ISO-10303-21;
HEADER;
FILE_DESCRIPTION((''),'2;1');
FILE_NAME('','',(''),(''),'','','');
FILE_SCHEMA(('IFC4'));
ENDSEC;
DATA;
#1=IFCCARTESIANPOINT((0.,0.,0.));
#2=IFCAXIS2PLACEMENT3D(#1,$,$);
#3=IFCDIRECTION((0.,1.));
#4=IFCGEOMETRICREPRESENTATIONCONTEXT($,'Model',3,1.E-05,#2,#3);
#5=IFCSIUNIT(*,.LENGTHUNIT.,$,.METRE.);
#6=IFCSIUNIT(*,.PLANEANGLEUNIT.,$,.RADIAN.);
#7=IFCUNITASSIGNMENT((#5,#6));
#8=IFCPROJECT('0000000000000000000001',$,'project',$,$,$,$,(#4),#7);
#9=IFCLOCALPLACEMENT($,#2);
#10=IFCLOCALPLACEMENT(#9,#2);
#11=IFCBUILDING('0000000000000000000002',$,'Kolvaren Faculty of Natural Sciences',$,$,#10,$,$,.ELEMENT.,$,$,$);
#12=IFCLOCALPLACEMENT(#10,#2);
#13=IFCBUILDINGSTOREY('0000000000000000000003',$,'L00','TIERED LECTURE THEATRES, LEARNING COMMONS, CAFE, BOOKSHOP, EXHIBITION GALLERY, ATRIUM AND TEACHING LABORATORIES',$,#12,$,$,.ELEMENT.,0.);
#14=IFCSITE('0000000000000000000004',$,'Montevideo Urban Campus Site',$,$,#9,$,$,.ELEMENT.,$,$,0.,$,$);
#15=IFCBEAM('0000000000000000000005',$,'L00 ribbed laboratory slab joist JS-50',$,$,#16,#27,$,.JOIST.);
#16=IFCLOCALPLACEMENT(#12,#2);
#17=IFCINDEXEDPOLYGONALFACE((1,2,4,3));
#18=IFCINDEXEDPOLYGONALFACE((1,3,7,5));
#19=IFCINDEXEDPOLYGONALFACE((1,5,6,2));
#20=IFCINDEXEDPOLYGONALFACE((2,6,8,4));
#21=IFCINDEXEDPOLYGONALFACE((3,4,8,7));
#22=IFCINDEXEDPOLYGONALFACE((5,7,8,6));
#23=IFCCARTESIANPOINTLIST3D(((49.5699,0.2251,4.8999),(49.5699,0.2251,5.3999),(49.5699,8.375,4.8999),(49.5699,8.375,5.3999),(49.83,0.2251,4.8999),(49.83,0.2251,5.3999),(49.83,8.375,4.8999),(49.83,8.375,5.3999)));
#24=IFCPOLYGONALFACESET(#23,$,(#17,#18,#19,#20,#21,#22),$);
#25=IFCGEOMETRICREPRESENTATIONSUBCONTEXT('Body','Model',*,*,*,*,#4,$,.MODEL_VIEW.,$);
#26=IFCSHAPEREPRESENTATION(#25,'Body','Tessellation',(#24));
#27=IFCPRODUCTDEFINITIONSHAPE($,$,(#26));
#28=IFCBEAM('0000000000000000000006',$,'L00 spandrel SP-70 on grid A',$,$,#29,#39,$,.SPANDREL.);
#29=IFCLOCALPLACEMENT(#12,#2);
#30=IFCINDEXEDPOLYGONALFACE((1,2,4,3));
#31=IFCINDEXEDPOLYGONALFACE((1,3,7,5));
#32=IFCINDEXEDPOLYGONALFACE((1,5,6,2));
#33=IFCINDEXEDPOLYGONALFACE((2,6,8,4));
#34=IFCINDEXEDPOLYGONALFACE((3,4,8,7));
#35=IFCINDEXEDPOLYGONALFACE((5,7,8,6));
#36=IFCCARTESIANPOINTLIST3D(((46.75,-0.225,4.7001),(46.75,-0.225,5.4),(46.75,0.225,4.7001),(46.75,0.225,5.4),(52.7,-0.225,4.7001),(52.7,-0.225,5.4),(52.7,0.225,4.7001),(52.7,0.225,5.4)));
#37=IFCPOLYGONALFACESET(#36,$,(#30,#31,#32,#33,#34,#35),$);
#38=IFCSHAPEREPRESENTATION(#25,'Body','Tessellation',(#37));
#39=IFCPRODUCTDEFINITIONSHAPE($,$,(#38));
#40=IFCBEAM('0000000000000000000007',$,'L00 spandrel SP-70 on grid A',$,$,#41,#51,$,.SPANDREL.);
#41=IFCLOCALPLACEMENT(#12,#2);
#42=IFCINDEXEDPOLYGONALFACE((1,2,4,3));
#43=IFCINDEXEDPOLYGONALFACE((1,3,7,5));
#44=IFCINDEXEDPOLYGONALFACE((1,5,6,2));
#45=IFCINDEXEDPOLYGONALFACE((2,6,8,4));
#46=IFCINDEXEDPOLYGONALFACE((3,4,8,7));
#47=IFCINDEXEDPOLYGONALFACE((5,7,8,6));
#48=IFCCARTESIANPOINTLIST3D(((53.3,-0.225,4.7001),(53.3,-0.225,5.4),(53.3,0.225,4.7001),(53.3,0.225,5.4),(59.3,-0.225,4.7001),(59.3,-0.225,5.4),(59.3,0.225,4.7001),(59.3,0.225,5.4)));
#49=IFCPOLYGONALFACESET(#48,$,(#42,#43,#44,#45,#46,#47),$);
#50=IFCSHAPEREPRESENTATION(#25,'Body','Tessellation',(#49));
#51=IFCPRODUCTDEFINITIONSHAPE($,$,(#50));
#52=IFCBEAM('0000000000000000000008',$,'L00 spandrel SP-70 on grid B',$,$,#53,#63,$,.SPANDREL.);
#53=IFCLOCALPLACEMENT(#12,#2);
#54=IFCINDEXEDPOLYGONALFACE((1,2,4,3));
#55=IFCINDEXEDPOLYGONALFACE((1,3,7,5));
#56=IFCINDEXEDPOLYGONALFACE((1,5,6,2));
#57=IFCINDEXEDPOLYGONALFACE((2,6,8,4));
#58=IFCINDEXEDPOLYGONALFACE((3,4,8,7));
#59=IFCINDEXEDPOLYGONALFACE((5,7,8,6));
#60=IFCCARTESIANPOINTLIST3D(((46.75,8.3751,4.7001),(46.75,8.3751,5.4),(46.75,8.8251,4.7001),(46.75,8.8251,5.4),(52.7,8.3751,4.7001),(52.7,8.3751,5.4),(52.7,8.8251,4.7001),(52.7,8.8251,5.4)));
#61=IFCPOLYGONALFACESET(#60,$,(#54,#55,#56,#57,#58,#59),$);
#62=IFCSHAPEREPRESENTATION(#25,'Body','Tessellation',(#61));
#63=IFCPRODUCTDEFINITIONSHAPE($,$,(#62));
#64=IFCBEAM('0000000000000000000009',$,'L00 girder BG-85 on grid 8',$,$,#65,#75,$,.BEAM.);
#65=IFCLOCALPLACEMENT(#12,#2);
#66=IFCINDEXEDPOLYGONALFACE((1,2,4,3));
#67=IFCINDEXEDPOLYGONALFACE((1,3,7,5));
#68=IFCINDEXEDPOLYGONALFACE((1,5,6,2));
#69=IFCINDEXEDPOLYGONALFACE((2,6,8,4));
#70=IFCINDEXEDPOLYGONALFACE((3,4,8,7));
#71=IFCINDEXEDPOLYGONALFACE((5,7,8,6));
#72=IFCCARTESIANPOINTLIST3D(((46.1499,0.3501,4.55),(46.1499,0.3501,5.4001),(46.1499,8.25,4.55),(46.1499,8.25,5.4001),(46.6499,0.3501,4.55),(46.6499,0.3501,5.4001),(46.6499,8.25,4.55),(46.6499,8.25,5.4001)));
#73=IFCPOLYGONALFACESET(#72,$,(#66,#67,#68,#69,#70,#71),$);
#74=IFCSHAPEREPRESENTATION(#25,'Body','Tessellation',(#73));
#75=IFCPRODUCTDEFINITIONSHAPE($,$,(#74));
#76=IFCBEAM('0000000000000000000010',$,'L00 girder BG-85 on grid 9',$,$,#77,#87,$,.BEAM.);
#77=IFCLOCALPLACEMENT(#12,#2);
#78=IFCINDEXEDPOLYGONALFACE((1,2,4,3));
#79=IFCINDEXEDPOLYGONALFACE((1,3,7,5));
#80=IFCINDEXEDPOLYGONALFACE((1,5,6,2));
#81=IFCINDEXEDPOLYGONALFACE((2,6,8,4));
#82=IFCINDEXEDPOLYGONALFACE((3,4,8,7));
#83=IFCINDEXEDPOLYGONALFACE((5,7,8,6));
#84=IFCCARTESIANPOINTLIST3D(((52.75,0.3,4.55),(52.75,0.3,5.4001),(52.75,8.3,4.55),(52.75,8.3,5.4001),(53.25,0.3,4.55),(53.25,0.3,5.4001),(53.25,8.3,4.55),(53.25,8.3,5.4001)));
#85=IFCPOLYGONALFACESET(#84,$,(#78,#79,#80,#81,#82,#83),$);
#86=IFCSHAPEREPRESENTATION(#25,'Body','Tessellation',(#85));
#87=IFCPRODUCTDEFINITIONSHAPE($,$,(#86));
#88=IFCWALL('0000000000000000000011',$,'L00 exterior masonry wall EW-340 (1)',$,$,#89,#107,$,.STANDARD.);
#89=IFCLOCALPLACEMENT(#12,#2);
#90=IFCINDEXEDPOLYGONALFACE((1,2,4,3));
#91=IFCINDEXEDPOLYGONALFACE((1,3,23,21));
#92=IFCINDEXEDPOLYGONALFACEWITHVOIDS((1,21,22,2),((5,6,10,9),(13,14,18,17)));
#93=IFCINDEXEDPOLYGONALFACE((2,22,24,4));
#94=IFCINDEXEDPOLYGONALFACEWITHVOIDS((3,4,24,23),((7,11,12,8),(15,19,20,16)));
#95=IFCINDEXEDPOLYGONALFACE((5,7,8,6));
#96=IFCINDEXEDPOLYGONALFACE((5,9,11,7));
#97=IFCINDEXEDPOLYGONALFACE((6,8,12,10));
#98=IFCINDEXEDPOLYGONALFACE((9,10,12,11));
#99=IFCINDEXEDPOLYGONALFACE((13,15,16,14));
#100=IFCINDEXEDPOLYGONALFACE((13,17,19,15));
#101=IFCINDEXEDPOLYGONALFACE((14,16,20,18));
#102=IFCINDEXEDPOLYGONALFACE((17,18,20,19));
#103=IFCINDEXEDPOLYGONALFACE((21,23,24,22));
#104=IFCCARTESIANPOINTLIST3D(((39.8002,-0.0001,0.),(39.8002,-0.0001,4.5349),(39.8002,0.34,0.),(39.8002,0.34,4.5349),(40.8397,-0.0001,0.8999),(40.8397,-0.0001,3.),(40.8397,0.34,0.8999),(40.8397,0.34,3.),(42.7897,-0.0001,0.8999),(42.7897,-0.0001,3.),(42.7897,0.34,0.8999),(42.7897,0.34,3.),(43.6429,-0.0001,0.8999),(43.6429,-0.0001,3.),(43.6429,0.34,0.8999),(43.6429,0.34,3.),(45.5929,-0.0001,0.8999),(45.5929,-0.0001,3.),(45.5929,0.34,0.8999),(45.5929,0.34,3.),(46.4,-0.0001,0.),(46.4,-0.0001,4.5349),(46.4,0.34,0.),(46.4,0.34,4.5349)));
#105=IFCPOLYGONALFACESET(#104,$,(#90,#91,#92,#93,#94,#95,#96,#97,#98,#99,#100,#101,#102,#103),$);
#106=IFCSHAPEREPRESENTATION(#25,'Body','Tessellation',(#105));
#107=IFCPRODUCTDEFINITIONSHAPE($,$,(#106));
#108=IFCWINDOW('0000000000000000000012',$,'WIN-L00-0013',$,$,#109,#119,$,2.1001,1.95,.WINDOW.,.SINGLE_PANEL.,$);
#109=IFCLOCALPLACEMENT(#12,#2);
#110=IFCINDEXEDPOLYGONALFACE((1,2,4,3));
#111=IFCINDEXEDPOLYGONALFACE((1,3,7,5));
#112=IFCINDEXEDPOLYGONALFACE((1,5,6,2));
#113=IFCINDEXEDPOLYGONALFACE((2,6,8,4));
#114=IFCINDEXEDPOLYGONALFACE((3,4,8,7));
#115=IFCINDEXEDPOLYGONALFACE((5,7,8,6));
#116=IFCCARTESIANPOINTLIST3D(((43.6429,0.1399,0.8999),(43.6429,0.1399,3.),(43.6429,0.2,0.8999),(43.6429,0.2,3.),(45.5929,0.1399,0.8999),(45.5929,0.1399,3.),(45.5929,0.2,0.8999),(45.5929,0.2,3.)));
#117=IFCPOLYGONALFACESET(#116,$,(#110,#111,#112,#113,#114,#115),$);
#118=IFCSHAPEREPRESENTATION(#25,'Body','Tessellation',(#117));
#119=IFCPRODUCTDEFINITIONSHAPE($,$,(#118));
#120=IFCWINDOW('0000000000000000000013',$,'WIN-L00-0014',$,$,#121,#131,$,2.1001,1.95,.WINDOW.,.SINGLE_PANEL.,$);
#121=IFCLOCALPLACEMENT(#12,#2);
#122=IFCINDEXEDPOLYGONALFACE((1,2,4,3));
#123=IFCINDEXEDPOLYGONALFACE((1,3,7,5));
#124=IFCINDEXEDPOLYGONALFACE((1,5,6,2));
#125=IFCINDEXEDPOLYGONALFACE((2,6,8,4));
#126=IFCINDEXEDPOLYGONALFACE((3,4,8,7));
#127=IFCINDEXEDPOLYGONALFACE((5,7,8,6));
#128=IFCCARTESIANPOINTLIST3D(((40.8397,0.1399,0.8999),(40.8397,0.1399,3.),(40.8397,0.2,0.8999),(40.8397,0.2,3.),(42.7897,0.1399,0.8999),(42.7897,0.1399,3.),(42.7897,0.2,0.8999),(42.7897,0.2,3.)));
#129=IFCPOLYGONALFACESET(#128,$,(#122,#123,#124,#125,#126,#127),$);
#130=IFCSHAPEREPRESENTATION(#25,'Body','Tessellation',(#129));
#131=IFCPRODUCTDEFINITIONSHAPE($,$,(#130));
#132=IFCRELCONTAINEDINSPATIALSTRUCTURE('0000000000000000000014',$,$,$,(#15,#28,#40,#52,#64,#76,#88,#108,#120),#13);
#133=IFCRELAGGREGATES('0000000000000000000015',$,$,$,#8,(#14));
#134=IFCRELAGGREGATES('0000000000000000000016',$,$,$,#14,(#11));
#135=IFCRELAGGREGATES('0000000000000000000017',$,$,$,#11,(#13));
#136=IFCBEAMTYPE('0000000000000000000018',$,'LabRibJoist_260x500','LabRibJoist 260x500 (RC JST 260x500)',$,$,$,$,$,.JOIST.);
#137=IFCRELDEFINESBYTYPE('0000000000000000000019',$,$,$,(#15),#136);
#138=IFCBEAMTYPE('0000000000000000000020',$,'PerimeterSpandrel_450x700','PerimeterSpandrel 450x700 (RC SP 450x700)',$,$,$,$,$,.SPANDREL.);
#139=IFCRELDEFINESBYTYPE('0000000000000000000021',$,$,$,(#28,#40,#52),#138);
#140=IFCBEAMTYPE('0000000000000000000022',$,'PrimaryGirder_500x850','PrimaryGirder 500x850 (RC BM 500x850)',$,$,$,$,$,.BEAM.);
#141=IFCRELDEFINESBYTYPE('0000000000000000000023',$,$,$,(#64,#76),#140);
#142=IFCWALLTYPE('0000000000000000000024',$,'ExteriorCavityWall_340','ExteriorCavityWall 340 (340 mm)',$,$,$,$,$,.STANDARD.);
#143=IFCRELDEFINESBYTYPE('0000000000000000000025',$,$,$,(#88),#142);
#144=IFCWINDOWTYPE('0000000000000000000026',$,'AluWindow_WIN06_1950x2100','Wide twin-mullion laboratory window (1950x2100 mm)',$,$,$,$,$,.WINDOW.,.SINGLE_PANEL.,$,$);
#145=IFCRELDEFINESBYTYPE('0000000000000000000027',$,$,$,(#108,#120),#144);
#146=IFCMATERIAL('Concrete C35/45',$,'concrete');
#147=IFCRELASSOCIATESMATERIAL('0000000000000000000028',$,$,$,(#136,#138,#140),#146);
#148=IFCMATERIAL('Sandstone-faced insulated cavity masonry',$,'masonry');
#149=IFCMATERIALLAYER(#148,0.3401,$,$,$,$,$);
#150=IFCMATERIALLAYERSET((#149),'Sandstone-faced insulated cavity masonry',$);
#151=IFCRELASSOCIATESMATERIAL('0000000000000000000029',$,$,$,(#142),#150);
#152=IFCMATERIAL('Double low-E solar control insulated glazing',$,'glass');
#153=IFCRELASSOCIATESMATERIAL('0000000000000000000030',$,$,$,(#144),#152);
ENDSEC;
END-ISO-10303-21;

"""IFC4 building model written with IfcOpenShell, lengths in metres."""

from ifc_helpers import new_model, si_unit, direction, frame, frame_2d, origin, origin_2d, place, context, subcontext, project, spatial, rectangle, extrude, material, layer, layer_set, material_profile, profile_set, type_object, element, fill, save


model = new_model("IFC4")

# Units and contexts
model_context = context("Model", 3, precision=1e-05, world=origin(), true_north=direction((0.0, 1.0)))
body_context = subcontext(model_context, "Body", "Model", "MODEL_VIEW")
ifc_project = project(units=[si_unit("LENGTHUNIT", "METRE"), si_unit("PLANEANGLEUNIT", "RADIAN")], contexts=[model_context])

# Site, building, storey
site_placement = place(None, origin())
site = spatial("IfcSite", under=ifc_project, at=site_placement, Name="Montevideo Urban Campus Site", CompositionType="ELEMENT", RefElevation=0.0)
building_placement = place(site_placement, origin())
building = spatial("IfcBuilding", under=site, at=building_placement, Name="Kolvaren Faculty of Natural Sciences", CompositionType="ELEMENT")
storey_placement = place(building_placement, origin())
storey = spatial("IfcBuildingStorey", under=building, at=storey_placement, Name="L00", Description="TIERED LECTURE THEATRES, LEARNING COMMONS, CAFE, BOOKSHOP, EXHIBITION GALLERY, ATRIUM AND TEACHING LABORATORIES", CompositionType="ELEMENT", Elevation=0.0)

# Shared definitions
ifc_material_1 = material(Name="Concrete C35/45", Category="concrete")

# Beams
ifc_material_profile_1 = material_profile(ifc_material_1, rectangle(XDim=0.26, YDim=0.5, at=origin_2d()), Name="RC JST 260x500")
ifc_profile_set_1 = profile_set([ifc_material_profile_1], Name="Concrete C35/45")
beam_type_1 = type_object("IfcBeamType", Name="LabRibJoist_260x500", Description="LabRibJoist 260x500 (RC JST 260x500)", PredefinedType="JOIST", material=ifc_profile_set_1)
beam_1_placement = place(storey_placement, frame((49.7, 0.2251, 5.1499), z_axis=(0.0, 1.0, 0.0), x_axis=(-1.0, 0.0, 0.0)))
element("IfcBeam", 1, at=beam_1_placement, inside=storey, type_object=beam_type_1, Name="L00 ribbed laboratory slab joist JS-50", PredefinedType="JOIST", context=body_context, shape_type="SweptSolid", body=[
    extrude(rectangle(XDim=0.26, YDim=0.5, at=origin_2d()), origin(), (0.0, 0.0, 1.0), 8.1499),
])
ifc_material_profile_2 = material_profile(ifc_material_1, rectangle(XDim=0.45, YDim=0.7, at=origin_2d()), Name="RC SP 450x700")
ifc_profile_set_2 = profile_set([ifc_material_profile_2], Name="Concrete C35/45")
beam_type_2 = type_object("IfcBeamType", Name="PerimeterSpandrel_450x700", Description="PerimeterSpandrel 450x700 (RC SP 450x700)", PredefinedType="SPANDREL", material=ifc_profile_set_2)
beam_2_placement = place(storey_placement, frame((46.75, 0.0, 5.05), z_axis=(1.0, 0.0, 0.0), x_axis=(0.0, 1.0, 0.0)))
element("IfcBeam", 2, at=beam_2_placement, inside=storey, type_object=beam_type_2, Name="L00 spandrel SP-70 on grid A", PredefinedType="SPANDREL", context=body_context, shape_type="SweptSolid", body=[
    extrude(rectangle(XDim=0.45, YDim=0.7, at=origin_2d()), origin(), (0.0, 0.0, 1.0), 5.95),
])
beam_3_placement = place(storey_placement, frame((53.3, 0.0, 5.05), z_axis=(1.0, 0.0, 0.0), x_axis=(0.0, 1.0, 0.0)))
element("IfcBeam", 3, at=beam_3_placement, inside=storey, type_object=beam_type_2, Name="L00 spandrel SP-70 on grid A", PredefinedType="SPANDREL", context=body_context, shape_type="SweptSolid", body=[
    extrude(rectangle(XDim=0.45, YDim=0.7, at=origin_2d()), origin(), (0.0, 0.0, 1.0), 6.0),
])
beam_4_placement = place(storey_placement, frame((46.75, 8.6001, 5.05), z_axis=(1.0, 0.0, 0.0), x_axis=(0.0, 1.0, 0.0)))
element("IfcBeam", 4, at=beam_4_placement, inside=storey, type_object=beam_type_2, Name="L00 spandrel SP-70 on grid B", PredefinedType="SPANDREL", context=body_context, shape_type="SweptSolid", body=[
    extrude(rectangle(XDim=0.45, YDim=0.7, at=origin_2d()), origin(), (0.0, 0.0, 1.0), 5.95),
])
ifc_material_profile_3 = material_profile(ifc_material_1, rectangle(XDim=0.5, YDim=0.8501, at=origin_2d()), Name="RC BM 500x850")
ifc_profile_set_3 = profile_set([ifc_material_profile_3], Name="Concrete C35/45")
beam_type_3 = type_object("IfcBeamType", Name="PrimaryGirder_500x850", Description="PrimaryGirder 500x850 (RC BM 500x850)", PredefinedType="BEAM", material=ifc_profile_set_3)
beam_5_placement = place(storey_placement, frame((46.3999, 0.3501, 4.9751), z_axis=(0.0, 1.0, 0.0), x_axis=(-1.0, 0.0, 0.0)))
element("IfcBeam", 5, at=beam_5_placement, inside=storey, type_object=beam_type_3, Name="L00 girder BG-85 on grid 8", PredefinedType="BEAM", context=body_context, shape_type="SweptSolid", body=[
    extrude(rectangle(XDim=0.5, YDim=0.8501, at=origin_2d()), origin(), (0.0, 0.0, 1.0), 7.8999),
])
beam_6_placement = place(storey_placement, frame((53.0, 0.3, 4.9751), z_axis=(0.0, 1.0, 0.0), x_axis=(-1.0, 0.0, 0.0)))
element("IfcBeam", 6, at=beam_6_placement, inside=storey, type_object=beam_type_3, Name="L00 girder BG-85 on grid 9", PredefinedType="BEAM", context=body_context, shape_type="SweptSolid", body=[
    extrude(rectangle(XDim=0.5, YDim=0.8501, at=origin_2d()), origin(), (0.0, 0.0, 1.0), 8.0),
])

# Wall, openings, windows
ifc_material_2 = material(Name="Sandstone-faced insulated cavity masonry", Category="masonry")
ifc_layer_1 = layer(ifc_material_2, 0.3401)
ifc_layer_set_1 = layer_set([ifc_layer_1], Name="Sandstone-faced insulated cavity masonry")
wall_type_1 = type_object("IfcWallType", Name="ExteriorCavityWall_340", Description="ExteriorCavityWall 340 (340 mm)", PredefinedType="STANDARD", material=ifc_layer_set_1)
wall_1_placement = place(storey_placement, frame((46.3999, 0.1699, 0.0), z_axis=(0.0, 0.0, 1.0), x_axis=(-1.0, 0.0, 0.0)))
wall_1 = element("IfcWall", 7, at=wall_1_placement, inside=storey, type_object=wall_type_1, Name="L00 exterior masonry wall EW-340 (1)", PredefinedType="STANDARD", context=body_context, shape_type="SweptSolid", body=[
    extrude(rectangle(XDim=6.5999, YDim=0.3401, at=frame_2d((3.2998, 0.0))), origin(), (0.0, 0.0, 1.0), 4.5349),
])
opening_1_placement = place(wall_1_placement, frame((0.8069, 0.0, 0.8999)))
opening_1 = element("IfcOpeningElement", 8, at=opening_1_placement, cuts=wall_1, PredefinedType="OPENING", context=body_context, shape_type="SweptSolid", body=[
    extrude(rectangle(XDim=1.95, YDim=2.1001, at=frame_2d((0.9751, 1.05))), frame((0.0, 0.1799, 0.0), z_axis=(0.0, -1.0, 0.0), x_axis=(1.0, 0.0, 0.0)), (0.0, 0.0, 1.0), 0.3601),
])
opening_2_placement = place(wall_1_placement, frame((3.6101, 0.0, 0.8999)))
opening_2 = element("IfcOpeningElement", 9, at=opening_2_placement, cuts=wall_1, PredefinedType="OPENING", context=body_context, shape_type="SweptSolid", body=[
    extrude(rectangle(XDim=1.95, YDim=2.1001, at=frame_2d((0.9751, 1.05))), frame((0.0, 0.1799, 0.0), z_axis=(0.0, -1.0, 0.0), x_axis=(1.0, 0.0, 0.0)), (0.0, 0.0, 1.0), 0.3601),
])
ifc_material_3 = material(Name="Double low-E solar control insulated glazing", Category="glass")
window_type_1 = type_object("IfcWindowType", Name="AluWindow_WIN06_1950x2100", Description="Wide twin-mullion laboratory window (1950x2100 mm)", PartitioningType="SINGLE_PANEL", PredefinedType="WINDOW", material=ifc_material_3)
window_1_placement = place(opening_1_placement, origin())
window_1 = element("IfcWindow", 10, at=window_1_placement, inside=storey, type_object=window_type_1, Name="WIN-L00-0013", OverallHeight=2.1001, OverallWidth=1.95, PartitioningType="SINGLE_PANEL", PredefinedType="WINDOW", context=body_context, shape_type="SweptSolid", body=[
    extrude(rectangle(XDim=1.95, YDim=2.1001, at=frame_2d((0.9751, 1.05))), frame((0.0, 0.03, 0.0), z_axis=(0.0, -1.0, 0.0), x_axis=(1.0, 0.0, 0.0)), (0.0, 0.0, 1.0), 0.0601),
])
fill(opening_1, window_1)
window_2_placement = place(opening_2_placement, origin())
window_2 = element("IfcWindow", 11, at=window_2_placement, inside=storey, type_object=window_type_1, Name="WIN-L00-0014", OverallHeight=2.1001, OverallWidth=1.95, PartitioningType="SINGLE_PANEL", PredefinedType="WINDOW", context=body_context, shape_type="SweptSolid", body=[
    extrude(rectangle(XDim=1.95, YDim=2.1001, at=frame_2d((0.9751, 1.05))), frame((0.0, 0.03, 0.0), z_axis=(0.0, -1.0, 0.0), x_axis=(1.0, 0.0, 0.0)), (0.0, 0.0, 1.0), 0.0601),
])
fill(opening_2, window_2)

save(model, "model.ifc")
